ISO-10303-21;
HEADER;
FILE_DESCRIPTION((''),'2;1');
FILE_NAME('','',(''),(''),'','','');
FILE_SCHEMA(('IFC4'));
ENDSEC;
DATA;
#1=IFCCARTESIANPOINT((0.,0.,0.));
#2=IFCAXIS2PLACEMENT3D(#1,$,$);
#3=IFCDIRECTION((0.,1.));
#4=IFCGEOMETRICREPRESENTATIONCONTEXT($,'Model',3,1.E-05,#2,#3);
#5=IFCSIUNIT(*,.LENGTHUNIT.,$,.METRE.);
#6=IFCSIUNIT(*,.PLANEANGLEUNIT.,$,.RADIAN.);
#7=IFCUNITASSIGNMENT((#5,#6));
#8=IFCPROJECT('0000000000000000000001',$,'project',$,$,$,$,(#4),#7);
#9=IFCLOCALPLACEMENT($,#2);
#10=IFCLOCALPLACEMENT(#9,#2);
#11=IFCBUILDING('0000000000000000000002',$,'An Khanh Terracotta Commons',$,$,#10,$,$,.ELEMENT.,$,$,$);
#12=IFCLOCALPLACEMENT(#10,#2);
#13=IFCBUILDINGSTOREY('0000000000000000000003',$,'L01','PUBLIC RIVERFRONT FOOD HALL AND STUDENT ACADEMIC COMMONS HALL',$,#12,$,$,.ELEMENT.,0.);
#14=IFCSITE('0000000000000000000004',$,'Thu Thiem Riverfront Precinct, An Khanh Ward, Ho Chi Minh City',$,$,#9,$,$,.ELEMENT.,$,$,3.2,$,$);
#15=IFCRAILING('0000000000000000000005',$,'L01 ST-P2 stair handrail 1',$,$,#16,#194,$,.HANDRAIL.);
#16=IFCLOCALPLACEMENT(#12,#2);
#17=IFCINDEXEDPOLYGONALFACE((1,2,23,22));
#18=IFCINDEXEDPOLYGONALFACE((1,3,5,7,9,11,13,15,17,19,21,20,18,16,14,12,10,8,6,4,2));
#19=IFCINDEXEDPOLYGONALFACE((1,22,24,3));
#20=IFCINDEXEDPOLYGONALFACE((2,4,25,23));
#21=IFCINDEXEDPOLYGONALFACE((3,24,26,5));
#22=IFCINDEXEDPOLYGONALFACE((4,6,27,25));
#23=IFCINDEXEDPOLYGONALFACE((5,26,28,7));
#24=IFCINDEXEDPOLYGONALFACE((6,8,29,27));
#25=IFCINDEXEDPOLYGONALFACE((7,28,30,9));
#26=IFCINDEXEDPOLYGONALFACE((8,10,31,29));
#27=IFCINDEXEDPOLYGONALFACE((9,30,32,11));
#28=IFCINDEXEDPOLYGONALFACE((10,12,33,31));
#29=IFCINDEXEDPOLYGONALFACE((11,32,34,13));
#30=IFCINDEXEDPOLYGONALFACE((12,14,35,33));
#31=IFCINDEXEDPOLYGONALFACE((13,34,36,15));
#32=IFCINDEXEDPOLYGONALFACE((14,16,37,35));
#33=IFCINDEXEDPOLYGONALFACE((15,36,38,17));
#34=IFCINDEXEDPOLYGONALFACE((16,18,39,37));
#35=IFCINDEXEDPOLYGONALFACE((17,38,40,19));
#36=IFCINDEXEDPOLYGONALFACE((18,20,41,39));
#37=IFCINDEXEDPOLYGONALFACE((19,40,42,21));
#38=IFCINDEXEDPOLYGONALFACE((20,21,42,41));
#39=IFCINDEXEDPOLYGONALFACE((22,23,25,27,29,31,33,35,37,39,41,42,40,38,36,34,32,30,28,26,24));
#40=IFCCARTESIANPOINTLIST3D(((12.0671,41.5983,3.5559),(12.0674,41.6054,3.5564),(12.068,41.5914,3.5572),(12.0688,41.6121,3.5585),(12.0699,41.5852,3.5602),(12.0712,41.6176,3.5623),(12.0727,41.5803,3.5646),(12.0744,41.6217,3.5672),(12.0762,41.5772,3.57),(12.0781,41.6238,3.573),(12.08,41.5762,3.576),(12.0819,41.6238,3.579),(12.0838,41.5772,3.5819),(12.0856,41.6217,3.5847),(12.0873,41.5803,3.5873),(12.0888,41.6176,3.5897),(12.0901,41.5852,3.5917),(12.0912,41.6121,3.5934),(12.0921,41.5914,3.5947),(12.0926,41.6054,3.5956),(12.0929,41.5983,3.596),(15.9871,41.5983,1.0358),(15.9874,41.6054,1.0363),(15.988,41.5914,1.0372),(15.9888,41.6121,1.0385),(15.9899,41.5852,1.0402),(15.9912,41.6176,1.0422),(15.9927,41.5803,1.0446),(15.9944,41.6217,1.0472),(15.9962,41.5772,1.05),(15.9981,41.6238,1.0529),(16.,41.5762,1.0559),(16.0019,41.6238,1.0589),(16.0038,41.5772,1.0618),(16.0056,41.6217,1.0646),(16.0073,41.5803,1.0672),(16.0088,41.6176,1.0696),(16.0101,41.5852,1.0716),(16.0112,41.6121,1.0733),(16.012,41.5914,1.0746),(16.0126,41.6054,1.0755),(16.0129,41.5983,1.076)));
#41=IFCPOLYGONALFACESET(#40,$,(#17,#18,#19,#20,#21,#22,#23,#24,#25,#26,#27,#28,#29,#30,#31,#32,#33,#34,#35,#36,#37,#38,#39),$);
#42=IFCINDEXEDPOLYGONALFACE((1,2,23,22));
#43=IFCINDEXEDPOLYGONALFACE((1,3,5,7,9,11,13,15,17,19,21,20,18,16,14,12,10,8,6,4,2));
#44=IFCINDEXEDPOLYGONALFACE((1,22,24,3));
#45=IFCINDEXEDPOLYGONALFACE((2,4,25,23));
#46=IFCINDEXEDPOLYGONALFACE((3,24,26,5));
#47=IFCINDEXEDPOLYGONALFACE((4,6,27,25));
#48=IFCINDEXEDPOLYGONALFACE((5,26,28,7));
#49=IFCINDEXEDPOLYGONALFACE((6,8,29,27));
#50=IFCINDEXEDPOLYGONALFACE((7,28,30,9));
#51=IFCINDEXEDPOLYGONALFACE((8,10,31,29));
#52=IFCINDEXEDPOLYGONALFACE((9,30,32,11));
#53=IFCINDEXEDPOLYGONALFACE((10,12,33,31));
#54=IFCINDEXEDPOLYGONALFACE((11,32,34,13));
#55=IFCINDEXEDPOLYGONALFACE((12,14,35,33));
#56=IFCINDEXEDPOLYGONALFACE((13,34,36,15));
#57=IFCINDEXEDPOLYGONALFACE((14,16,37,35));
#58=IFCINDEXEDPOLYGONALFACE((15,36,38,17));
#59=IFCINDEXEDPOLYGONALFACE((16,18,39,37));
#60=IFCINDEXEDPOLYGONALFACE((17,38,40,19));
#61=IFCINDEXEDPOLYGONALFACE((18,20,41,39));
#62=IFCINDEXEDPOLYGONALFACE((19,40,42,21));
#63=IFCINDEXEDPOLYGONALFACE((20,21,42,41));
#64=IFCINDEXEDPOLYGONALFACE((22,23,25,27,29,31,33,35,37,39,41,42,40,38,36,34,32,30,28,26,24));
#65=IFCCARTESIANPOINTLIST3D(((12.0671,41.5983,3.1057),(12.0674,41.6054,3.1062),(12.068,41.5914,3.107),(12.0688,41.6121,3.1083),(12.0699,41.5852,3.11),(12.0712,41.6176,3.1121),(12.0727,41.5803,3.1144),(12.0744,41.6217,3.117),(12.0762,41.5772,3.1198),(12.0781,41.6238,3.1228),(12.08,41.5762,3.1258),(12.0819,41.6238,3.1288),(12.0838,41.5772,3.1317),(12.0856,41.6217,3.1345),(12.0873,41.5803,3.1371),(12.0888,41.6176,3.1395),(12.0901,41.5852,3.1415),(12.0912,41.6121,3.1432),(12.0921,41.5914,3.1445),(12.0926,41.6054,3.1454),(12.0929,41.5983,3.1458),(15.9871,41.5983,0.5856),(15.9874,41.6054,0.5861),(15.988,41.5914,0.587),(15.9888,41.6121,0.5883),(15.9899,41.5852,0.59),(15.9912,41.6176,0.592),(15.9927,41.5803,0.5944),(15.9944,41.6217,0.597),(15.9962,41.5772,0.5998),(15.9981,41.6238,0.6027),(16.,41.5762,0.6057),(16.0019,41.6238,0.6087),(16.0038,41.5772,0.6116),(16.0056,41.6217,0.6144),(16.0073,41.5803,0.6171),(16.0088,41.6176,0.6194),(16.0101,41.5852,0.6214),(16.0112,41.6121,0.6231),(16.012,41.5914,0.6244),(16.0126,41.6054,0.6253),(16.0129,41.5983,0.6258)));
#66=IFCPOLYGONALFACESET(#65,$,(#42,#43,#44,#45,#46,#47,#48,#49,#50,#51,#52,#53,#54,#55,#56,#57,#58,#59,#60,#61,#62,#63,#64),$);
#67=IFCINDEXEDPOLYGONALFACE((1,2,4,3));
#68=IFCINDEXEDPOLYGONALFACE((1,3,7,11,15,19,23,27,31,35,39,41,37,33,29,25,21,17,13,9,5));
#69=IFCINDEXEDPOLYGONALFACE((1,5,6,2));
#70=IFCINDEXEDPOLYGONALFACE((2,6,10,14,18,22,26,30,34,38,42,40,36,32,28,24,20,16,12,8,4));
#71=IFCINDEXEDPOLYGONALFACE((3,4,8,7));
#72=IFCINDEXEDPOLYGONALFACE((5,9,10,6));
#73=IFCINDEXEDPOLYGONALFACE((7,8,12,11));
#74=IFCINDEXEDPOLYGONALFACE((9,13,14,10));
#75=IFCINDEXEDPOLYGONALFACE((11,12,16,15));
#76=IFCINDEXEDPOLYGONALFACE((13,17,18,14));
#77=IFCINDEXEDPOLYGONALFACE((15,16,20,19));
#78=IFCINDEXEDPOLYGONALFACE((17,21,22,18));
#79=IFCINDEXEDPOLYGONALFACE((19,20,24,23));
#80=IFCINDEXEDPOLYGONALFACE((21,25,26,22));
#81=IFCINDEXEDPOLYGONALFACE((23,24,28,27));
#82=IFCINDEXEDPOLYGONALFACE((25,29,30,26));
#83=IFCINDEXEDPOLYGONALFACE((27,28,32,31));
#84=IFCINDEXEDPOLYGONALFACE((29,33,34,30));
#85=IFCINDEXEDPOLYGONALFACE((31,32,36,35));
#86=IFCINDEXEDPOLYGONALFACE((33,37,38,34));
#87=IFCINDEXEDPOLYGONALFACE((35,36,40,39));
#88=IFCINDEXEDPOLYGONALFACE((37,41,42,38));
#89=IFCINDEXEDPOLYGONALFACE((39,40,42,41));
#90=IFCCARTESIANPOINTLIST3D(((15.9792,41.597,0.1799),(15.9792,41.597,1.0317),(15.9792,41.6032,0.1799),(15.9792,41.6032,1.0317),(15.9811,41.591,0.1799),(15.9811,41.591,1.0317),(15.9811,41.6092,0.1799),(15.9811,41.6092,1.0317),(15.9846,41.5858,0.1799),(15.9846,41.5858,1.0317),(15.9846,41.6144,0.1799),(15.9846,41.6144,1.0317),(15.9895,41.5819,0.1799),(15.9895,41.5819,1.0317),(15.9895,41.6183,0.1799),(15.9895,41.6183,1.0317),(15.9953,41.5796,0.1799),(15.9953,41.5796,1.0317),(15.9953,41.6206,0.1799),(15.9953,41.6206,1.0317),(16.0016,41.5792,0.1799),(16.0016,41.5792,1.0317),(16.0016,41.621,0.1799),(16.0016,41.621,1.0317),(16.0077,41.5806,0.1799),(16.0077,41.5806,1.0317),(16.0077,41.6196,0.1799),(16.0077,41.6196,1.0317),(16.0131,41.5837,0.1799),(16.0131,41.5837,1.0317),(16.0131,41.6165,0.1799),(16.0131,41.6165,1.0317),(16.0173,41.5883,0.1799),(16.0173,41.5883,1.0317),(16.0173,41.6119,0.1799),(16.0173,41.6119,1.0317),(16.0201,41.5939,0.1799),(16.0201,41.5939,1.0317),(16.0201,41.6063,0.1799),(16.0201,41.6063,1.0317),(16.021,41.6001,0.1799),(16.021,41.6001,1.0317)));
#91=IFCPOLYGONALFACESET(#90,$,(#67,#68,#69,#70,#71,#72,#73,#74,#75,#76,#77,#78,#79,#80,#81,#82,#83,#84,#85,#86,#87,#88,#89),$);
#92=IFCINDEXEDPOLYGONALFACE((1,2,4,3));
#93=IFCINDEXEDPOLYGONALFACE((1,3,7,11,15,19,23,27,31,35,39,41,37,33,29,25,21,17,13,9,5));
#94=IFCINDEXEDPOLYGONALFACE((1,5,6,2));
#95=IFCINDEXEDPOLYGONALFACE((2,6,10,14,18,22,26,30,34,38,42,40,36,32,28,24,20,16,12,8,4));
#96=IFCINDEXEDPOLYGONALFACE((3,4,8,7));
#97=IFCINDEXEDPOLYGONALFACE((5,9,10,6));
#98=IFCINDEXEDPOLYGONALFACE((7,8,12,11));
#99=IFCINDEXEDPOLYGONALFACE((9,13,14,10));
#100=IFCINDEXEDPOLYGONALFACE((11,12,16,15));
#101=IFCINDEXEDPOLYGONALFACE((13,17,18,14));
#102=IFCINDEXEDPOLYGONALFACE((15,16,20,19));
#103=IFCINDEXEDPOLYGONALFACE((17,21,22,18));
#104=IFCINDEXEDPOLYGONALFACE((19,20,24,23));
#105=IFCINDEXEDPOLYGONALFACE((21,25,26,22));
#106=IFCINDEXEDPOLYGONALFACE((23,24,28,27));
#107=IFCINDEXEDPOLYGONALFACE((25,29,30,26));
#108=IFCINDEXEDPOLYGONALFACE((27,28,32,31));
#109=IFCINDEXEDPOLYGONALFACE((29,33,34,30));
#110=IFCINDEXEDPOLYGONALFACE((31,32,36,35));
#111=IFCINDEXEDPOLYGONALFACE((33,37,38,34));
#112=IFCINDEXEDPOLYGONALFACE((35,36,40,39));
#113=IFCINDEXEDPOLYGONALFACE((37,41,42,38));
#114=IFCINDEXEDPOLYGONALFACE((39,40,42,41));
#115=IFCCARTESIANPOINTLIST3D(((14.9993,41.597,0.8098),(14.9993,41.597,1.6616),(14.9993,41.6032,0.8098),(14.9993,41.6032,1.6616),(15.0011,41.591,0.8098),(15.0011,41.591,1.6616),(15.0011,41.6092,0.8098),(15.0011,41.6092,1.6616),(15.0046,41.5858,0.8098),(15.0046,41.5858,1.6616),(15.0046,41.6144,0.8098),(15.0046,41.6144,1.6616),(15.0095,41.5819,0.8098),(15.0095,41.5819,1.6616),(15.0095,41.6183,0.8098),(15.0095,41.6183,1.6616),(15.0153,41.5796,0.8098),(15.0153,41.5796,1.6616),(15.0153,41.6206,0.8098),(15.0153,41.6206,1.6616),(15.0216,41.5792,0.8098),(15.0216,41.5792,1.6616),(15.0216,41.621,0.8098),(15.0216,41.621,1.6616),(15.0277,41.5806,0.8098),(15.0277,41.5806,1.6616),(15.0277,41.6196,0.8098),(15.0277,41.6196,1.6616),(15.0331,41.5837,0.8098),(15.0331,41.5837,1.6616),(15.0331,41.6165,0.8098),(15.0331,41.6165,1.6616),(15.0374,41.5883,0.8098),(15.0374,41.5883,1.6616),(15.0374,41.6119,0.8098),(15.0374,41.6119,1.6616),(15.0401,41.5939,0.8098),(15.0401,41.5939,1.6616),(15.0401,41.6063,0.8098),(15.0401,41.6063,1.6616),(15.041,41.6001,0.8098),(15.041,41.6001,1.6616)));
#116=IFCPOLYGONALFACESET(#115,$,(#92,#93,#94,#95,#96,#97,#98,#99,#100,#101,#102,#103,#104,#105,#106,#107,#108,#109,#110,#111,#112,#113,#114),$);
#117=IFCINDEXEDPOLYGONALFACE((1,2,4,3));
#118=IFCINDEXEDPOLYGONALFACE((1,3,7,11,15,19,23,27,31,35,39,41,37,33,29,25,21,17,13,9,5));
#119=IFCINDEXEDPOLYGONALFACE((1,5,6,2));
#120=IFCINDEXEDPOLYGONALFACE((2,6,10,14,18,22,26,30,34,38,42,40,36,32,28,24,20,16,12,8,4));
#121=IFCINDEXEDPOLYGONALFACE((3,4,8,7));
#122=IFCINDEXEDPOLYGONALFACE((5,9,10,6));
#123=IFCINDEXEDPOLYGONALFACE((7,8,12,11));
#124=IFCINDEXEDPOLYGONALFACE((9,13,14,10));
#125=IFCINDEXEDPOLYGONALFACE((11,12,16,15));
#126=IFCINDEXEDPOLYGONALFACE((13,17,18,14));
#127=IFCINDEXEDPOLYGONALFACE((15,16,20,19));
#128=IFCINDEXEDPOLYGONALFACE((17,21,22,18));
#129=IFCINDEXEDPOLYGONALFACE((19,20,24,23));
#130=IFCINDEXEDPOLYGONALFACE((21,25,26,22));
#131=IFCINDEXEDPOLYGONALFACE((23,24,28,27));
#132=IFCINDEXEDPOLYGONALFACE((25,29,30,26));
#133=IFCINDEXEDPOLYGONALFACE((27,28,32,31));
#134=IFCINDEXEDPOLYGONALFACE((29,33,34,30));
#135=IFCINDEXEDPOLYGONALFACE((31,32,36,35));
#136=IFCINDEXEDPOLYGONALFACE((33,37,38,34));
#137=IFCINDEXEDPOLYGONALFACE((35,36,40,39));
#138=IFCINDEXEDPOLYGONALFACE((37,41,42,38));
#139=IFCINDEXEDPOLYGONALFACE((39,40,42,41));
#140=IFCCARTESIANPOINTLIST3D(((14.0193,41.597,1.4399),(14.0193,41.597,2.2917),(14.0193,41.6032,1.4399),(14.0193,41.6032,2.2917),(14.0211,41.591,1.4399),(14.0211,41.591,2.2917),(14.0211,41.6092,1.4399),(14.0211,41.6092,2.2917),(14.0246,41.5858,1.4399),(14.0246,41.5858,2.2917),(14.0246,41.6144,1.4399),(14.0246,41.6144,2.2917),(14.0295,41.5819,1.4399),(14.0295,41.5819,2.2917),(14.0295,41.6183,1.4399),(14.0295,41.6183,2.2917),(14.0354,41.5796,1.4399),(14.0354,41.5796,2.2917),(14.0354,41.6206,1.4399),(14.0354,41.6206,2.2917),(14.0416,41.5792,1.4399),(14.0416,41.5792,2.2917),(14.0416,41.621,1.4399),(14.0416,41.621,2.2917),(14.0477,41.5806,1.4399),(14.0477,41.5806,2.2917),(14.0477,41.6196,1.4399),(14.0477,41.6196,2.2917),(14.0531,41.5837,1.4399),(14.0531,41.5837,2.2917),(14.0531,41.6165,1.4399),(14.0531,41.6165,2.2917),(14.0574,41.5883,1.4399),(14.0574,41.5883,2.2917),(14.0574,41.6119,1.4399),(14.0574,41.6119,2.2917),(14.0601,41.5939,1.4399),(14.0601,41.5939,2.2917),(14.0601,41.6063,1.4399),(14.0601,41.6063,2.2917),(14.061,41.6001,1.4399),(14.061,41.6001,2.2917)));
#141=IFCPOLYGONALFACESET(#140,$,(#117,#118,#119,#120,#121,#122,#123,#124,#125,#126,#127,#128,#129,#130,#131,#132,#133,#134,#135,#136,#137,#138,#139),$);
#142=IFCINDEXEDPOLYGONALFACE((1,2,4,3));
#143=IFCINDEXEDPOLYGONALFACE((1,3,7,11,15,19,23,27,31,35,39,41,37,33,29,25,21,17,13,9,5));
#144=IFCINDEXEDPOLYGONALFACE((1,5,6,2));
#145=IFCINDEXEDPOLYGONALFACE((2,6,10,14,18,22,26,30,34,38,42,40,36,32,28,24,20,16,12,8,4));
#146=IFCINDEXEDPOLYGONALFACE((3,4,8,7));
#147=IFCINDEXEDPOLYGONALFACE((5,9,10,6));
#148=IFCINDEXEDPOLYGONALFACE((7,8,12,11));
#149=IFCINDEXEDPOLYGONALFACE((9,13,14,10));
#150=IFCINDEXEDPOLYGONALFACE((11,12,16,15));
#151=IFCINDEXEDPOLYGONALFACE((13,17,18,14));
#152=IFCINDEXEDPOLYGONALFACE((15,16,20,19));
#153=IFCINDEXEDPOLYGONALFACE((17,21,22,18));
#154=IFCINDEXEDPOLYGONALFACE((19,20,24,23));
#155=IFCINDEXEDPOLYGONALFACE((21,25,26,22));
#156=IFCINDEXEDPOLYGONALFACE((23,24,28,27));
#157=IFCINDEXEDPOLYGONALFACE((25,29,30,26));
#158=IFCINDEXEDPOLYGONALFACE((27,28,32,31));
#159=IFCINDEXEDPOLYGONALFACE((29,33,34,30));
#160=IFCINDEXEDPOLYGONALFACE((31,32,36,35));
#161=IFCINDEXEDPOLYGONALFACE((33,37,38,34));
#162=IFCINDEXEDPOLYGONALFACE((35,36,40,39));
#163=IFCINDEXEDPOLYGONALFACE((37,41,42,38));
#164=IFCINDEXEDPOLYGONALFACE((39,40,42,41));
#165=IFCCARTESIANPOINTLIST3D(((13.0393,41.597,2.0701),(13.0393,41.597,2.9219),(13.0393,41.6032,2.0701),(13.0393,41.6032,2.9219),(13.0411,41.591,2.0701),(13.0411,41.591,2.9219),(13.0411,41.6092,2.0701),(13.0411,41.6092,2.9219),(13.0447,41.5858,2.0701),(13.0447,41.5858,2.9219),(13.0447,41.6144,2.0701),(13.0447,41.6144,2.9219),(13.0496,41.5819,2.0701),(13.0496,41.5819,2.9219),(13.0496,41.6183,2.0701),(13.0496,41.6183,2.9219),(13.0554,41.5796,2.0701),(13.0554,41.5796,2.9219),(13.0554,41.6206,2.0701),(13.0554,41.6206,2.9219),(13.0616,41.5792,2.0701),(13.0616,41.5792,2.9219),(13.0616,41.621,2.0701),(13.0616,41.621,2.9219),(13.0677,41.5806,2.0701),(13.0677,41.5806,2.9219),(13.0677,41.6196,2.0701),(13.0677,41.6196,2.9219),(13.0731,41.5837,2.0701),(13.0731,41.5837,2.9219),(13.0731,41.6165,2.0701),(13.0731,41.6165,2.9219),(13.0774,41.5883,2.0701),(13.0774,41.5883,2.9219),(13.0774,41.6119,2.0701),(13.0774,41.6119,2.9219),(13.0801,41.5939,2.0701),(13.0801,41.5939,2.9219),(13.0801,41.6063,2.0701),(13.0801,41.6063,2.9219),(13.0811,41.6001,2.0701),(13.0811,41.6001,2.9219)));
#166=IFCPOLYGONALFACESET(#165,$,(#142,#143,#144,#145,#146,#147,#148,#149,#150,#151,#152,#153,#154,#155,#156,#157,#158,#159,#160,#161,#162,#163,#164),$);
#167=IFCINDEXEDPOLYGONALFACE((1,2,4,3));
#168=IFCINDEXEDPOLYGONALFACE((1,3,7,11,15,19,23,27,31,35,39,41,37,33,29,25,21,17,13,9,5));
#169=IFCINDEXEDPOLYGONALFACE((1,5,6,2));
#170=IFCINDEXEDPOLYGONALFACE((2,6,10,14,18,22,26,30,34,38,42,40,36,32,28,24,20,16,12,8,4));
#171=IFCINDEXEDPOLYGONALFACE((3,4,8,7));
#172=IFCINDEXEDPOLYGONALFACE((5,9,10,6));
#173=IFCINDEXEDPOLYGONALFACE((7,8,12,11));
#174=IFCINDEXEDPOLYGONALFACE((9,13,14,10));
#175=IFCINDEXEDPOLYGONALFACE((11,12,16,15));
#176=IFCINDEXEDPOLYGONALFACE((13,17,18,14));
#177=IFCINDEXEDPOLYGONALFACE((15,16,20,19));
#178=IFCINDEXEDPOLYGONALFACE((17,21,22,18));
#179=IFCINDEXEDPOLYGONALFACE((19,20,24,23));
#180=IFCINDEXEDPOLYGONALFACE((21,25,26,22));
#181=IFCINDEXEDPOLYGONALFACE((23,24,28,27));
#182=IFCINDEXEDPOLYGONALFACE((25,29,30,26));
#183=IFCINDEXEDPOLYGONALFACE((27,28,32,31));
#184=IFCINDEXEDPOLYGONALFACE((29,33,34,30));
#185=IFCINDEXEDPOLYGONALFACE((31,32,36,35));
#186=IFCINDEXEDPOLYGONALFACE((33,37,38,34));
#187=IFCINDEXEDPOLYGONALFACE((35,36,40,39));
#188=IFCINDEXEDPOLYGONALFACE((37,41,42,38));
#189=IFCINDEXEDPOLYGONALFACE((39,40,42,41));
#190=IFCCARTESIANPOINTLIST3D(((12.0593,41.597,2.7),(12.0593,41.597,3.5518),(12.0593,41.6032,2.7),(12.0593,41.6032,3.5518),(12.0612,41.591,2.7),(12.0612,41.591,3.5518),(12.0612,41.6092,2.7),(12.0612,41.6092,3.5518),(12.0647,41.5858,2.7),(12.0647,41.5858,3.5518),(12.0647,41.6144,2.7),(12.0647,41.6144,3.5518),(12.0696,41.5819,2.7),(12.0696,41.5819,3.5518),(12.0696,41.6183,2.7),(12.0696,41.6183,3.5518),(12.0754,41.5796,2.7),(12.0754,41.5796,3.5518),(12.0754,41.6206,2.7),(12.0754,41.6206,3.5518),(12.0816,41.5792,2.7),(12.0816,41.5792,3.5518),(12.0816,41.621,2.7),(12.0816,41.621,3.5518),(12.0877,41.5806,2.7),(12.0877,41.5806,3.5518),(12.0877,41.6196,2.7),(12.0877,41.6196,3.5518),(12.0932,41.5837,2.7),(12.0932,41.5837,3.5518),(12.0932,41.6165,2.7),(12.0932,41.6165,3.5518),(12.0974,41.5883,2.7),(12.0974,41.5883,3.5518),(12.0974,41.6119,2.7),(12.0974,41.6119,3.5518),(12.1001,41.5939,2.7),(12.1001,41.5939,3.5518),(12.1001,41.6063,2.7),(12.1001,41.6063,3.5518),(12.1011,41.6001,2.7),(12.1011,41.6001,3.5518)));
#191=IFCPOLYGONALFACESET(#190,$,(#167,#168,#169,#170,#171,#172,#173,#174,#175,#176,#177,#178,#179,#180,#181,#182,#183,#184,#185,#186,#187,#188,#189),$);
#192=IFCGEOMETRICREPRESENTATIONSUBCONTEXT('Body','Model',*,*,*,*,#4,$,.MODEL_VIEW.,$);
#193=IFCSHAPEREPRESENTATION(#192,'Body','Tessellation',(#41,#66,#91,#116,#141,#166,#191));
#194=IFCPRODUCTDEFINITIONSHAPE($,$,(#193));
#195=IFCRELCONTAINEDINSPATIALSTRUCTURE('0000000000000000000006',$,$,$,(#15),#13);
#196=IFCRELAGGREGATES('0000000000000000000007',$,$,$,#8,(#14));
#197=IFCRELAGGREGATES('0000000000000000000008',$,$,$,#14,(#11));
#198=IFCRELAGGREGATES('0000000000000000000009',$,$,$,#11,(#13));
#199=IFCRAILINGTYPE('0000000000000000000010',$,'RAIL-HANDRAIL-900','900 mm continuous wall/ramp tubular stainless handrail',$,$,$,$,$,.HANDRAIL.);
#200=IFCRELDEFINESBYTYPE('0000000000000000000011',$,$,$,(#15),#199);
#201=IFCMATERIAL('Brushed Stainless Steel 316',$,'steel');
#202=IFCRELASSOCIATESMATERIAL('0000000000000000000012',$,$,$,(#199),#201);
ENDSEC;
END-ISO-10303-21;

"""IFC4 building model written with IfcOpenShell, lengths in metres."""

from ifc_helpers import new_model, si_unit, direction, frame, origin, origin_2d, place, context, subcontext, project, spatial, circle, extrude, material, type_object, element, save


model = new_model("IFC4")

# Units and contexts
model_context = context("Model", 3, precision=1e-05, world=origin(), true_north=direction((0.0, 1.0)))
body_context = subcontext(model_context, "Body", "Model", "MODEL_VIEW")
ifc_project = project(units=[si_unit("LENGTHUNIT", "METRE"), si_unit("PLANEANGLEUNIT", "RADIAN")], contexts=[model_context])

# Site, building, storey
site_placement = place(None, origin())
site = spatial("IfcSite", under=ifc_project, at=site_placement, Name="Thu Thiem Riverfront Precinct, An Khanh Ward, Ho Chi Minh City", CompositionType="ELEMENT", RefElevation=3.2)
building_placement = place(site_placement, origin())
building = spatial("IfcBuilding", under=site, at=building_placement, Name="An Khanh Terracotta Commons", CompositionType="ELEMENT")
storey_placement = place(building_placement, origin())
storey = spatial("IfcBuildingStorey", under=building, at=storey_placement, Name="L01", Description="PUBLIC RIVERFRONT FOOD HALL AND STUDENT ACADEMIC COMMONS HALL", CompositionType="ELEMENT", Elevation=0.0)

# Railing
ifc_material_1 = material(Name="Brushed Stainless Steel 316", Category="steel")
railing_type_1 = type_object("IfcRailingType", Name="RAIL-HANDRAIL-900", Description="900 mm continuous wall/ramp tubular stainless handrail", PredefinedType="HANDRAIL", material=ifc_material_1)
railing_1_placement = place(storey_placement, frame((16.0, 41.6001, 0.1799)))
element("IfcRailing", 1, at=railing_1_placement, inside=storey, type_object=railing_type_1, Name="L01 ST-P2 stair handrail 1", PredefinedType="HANDRAIL", context=body_context, shape_type="SweptSolid", body=[
    extrude(circle(Radius=0.0239, at=origin_2d()), frame((0.0, 0.0, 0.876), z_axis=(-0.841172, 0.0, 0.540768), x_axis=(0.0, -1.0, 0.0)), (0.0, 0.0, 1.0), 4.6602),
    extrude(circle(Radius=0.0239, at=origin_2d()), frame((0.0, 0.0, 0.4258), z_axis=(-0.841172, 0.0, 0.540768), x_axis=(0.0, -1.0, 0.0)), (0.0, 0.0, 1.0), 4.6602),
    extrude(circle(Radius=0.021, at=origin_2d()), origin(), (0.0, 0.0, 1.0), 0.8518),
    extrude(circle(Radius=0.021, at=origin_2d()), frame((-0.98, 0.0, 0.6299)), (0.0, 0.0, 1.0), 0.8518),
    extrude(circle(Radius=0.021, at=origin_2d()), frame((-1.96, 0.0, 1.26)), (0.0, 0.0, 1.0), 0.8518),
    extrude(circle(Radius=0.021, at=origin_2d()), frame((-2.9399, 0.0, 1.8901)), (0.0, 0.0, 1.0), 0.8518),
    extrude(circle(Radius=0.021, at=origin_2d()), frame((-3.9199, 0.0, 2.52)), (0.0, 0.0, 1.0), 0.8518),
])

save(model, "model.ifc")
